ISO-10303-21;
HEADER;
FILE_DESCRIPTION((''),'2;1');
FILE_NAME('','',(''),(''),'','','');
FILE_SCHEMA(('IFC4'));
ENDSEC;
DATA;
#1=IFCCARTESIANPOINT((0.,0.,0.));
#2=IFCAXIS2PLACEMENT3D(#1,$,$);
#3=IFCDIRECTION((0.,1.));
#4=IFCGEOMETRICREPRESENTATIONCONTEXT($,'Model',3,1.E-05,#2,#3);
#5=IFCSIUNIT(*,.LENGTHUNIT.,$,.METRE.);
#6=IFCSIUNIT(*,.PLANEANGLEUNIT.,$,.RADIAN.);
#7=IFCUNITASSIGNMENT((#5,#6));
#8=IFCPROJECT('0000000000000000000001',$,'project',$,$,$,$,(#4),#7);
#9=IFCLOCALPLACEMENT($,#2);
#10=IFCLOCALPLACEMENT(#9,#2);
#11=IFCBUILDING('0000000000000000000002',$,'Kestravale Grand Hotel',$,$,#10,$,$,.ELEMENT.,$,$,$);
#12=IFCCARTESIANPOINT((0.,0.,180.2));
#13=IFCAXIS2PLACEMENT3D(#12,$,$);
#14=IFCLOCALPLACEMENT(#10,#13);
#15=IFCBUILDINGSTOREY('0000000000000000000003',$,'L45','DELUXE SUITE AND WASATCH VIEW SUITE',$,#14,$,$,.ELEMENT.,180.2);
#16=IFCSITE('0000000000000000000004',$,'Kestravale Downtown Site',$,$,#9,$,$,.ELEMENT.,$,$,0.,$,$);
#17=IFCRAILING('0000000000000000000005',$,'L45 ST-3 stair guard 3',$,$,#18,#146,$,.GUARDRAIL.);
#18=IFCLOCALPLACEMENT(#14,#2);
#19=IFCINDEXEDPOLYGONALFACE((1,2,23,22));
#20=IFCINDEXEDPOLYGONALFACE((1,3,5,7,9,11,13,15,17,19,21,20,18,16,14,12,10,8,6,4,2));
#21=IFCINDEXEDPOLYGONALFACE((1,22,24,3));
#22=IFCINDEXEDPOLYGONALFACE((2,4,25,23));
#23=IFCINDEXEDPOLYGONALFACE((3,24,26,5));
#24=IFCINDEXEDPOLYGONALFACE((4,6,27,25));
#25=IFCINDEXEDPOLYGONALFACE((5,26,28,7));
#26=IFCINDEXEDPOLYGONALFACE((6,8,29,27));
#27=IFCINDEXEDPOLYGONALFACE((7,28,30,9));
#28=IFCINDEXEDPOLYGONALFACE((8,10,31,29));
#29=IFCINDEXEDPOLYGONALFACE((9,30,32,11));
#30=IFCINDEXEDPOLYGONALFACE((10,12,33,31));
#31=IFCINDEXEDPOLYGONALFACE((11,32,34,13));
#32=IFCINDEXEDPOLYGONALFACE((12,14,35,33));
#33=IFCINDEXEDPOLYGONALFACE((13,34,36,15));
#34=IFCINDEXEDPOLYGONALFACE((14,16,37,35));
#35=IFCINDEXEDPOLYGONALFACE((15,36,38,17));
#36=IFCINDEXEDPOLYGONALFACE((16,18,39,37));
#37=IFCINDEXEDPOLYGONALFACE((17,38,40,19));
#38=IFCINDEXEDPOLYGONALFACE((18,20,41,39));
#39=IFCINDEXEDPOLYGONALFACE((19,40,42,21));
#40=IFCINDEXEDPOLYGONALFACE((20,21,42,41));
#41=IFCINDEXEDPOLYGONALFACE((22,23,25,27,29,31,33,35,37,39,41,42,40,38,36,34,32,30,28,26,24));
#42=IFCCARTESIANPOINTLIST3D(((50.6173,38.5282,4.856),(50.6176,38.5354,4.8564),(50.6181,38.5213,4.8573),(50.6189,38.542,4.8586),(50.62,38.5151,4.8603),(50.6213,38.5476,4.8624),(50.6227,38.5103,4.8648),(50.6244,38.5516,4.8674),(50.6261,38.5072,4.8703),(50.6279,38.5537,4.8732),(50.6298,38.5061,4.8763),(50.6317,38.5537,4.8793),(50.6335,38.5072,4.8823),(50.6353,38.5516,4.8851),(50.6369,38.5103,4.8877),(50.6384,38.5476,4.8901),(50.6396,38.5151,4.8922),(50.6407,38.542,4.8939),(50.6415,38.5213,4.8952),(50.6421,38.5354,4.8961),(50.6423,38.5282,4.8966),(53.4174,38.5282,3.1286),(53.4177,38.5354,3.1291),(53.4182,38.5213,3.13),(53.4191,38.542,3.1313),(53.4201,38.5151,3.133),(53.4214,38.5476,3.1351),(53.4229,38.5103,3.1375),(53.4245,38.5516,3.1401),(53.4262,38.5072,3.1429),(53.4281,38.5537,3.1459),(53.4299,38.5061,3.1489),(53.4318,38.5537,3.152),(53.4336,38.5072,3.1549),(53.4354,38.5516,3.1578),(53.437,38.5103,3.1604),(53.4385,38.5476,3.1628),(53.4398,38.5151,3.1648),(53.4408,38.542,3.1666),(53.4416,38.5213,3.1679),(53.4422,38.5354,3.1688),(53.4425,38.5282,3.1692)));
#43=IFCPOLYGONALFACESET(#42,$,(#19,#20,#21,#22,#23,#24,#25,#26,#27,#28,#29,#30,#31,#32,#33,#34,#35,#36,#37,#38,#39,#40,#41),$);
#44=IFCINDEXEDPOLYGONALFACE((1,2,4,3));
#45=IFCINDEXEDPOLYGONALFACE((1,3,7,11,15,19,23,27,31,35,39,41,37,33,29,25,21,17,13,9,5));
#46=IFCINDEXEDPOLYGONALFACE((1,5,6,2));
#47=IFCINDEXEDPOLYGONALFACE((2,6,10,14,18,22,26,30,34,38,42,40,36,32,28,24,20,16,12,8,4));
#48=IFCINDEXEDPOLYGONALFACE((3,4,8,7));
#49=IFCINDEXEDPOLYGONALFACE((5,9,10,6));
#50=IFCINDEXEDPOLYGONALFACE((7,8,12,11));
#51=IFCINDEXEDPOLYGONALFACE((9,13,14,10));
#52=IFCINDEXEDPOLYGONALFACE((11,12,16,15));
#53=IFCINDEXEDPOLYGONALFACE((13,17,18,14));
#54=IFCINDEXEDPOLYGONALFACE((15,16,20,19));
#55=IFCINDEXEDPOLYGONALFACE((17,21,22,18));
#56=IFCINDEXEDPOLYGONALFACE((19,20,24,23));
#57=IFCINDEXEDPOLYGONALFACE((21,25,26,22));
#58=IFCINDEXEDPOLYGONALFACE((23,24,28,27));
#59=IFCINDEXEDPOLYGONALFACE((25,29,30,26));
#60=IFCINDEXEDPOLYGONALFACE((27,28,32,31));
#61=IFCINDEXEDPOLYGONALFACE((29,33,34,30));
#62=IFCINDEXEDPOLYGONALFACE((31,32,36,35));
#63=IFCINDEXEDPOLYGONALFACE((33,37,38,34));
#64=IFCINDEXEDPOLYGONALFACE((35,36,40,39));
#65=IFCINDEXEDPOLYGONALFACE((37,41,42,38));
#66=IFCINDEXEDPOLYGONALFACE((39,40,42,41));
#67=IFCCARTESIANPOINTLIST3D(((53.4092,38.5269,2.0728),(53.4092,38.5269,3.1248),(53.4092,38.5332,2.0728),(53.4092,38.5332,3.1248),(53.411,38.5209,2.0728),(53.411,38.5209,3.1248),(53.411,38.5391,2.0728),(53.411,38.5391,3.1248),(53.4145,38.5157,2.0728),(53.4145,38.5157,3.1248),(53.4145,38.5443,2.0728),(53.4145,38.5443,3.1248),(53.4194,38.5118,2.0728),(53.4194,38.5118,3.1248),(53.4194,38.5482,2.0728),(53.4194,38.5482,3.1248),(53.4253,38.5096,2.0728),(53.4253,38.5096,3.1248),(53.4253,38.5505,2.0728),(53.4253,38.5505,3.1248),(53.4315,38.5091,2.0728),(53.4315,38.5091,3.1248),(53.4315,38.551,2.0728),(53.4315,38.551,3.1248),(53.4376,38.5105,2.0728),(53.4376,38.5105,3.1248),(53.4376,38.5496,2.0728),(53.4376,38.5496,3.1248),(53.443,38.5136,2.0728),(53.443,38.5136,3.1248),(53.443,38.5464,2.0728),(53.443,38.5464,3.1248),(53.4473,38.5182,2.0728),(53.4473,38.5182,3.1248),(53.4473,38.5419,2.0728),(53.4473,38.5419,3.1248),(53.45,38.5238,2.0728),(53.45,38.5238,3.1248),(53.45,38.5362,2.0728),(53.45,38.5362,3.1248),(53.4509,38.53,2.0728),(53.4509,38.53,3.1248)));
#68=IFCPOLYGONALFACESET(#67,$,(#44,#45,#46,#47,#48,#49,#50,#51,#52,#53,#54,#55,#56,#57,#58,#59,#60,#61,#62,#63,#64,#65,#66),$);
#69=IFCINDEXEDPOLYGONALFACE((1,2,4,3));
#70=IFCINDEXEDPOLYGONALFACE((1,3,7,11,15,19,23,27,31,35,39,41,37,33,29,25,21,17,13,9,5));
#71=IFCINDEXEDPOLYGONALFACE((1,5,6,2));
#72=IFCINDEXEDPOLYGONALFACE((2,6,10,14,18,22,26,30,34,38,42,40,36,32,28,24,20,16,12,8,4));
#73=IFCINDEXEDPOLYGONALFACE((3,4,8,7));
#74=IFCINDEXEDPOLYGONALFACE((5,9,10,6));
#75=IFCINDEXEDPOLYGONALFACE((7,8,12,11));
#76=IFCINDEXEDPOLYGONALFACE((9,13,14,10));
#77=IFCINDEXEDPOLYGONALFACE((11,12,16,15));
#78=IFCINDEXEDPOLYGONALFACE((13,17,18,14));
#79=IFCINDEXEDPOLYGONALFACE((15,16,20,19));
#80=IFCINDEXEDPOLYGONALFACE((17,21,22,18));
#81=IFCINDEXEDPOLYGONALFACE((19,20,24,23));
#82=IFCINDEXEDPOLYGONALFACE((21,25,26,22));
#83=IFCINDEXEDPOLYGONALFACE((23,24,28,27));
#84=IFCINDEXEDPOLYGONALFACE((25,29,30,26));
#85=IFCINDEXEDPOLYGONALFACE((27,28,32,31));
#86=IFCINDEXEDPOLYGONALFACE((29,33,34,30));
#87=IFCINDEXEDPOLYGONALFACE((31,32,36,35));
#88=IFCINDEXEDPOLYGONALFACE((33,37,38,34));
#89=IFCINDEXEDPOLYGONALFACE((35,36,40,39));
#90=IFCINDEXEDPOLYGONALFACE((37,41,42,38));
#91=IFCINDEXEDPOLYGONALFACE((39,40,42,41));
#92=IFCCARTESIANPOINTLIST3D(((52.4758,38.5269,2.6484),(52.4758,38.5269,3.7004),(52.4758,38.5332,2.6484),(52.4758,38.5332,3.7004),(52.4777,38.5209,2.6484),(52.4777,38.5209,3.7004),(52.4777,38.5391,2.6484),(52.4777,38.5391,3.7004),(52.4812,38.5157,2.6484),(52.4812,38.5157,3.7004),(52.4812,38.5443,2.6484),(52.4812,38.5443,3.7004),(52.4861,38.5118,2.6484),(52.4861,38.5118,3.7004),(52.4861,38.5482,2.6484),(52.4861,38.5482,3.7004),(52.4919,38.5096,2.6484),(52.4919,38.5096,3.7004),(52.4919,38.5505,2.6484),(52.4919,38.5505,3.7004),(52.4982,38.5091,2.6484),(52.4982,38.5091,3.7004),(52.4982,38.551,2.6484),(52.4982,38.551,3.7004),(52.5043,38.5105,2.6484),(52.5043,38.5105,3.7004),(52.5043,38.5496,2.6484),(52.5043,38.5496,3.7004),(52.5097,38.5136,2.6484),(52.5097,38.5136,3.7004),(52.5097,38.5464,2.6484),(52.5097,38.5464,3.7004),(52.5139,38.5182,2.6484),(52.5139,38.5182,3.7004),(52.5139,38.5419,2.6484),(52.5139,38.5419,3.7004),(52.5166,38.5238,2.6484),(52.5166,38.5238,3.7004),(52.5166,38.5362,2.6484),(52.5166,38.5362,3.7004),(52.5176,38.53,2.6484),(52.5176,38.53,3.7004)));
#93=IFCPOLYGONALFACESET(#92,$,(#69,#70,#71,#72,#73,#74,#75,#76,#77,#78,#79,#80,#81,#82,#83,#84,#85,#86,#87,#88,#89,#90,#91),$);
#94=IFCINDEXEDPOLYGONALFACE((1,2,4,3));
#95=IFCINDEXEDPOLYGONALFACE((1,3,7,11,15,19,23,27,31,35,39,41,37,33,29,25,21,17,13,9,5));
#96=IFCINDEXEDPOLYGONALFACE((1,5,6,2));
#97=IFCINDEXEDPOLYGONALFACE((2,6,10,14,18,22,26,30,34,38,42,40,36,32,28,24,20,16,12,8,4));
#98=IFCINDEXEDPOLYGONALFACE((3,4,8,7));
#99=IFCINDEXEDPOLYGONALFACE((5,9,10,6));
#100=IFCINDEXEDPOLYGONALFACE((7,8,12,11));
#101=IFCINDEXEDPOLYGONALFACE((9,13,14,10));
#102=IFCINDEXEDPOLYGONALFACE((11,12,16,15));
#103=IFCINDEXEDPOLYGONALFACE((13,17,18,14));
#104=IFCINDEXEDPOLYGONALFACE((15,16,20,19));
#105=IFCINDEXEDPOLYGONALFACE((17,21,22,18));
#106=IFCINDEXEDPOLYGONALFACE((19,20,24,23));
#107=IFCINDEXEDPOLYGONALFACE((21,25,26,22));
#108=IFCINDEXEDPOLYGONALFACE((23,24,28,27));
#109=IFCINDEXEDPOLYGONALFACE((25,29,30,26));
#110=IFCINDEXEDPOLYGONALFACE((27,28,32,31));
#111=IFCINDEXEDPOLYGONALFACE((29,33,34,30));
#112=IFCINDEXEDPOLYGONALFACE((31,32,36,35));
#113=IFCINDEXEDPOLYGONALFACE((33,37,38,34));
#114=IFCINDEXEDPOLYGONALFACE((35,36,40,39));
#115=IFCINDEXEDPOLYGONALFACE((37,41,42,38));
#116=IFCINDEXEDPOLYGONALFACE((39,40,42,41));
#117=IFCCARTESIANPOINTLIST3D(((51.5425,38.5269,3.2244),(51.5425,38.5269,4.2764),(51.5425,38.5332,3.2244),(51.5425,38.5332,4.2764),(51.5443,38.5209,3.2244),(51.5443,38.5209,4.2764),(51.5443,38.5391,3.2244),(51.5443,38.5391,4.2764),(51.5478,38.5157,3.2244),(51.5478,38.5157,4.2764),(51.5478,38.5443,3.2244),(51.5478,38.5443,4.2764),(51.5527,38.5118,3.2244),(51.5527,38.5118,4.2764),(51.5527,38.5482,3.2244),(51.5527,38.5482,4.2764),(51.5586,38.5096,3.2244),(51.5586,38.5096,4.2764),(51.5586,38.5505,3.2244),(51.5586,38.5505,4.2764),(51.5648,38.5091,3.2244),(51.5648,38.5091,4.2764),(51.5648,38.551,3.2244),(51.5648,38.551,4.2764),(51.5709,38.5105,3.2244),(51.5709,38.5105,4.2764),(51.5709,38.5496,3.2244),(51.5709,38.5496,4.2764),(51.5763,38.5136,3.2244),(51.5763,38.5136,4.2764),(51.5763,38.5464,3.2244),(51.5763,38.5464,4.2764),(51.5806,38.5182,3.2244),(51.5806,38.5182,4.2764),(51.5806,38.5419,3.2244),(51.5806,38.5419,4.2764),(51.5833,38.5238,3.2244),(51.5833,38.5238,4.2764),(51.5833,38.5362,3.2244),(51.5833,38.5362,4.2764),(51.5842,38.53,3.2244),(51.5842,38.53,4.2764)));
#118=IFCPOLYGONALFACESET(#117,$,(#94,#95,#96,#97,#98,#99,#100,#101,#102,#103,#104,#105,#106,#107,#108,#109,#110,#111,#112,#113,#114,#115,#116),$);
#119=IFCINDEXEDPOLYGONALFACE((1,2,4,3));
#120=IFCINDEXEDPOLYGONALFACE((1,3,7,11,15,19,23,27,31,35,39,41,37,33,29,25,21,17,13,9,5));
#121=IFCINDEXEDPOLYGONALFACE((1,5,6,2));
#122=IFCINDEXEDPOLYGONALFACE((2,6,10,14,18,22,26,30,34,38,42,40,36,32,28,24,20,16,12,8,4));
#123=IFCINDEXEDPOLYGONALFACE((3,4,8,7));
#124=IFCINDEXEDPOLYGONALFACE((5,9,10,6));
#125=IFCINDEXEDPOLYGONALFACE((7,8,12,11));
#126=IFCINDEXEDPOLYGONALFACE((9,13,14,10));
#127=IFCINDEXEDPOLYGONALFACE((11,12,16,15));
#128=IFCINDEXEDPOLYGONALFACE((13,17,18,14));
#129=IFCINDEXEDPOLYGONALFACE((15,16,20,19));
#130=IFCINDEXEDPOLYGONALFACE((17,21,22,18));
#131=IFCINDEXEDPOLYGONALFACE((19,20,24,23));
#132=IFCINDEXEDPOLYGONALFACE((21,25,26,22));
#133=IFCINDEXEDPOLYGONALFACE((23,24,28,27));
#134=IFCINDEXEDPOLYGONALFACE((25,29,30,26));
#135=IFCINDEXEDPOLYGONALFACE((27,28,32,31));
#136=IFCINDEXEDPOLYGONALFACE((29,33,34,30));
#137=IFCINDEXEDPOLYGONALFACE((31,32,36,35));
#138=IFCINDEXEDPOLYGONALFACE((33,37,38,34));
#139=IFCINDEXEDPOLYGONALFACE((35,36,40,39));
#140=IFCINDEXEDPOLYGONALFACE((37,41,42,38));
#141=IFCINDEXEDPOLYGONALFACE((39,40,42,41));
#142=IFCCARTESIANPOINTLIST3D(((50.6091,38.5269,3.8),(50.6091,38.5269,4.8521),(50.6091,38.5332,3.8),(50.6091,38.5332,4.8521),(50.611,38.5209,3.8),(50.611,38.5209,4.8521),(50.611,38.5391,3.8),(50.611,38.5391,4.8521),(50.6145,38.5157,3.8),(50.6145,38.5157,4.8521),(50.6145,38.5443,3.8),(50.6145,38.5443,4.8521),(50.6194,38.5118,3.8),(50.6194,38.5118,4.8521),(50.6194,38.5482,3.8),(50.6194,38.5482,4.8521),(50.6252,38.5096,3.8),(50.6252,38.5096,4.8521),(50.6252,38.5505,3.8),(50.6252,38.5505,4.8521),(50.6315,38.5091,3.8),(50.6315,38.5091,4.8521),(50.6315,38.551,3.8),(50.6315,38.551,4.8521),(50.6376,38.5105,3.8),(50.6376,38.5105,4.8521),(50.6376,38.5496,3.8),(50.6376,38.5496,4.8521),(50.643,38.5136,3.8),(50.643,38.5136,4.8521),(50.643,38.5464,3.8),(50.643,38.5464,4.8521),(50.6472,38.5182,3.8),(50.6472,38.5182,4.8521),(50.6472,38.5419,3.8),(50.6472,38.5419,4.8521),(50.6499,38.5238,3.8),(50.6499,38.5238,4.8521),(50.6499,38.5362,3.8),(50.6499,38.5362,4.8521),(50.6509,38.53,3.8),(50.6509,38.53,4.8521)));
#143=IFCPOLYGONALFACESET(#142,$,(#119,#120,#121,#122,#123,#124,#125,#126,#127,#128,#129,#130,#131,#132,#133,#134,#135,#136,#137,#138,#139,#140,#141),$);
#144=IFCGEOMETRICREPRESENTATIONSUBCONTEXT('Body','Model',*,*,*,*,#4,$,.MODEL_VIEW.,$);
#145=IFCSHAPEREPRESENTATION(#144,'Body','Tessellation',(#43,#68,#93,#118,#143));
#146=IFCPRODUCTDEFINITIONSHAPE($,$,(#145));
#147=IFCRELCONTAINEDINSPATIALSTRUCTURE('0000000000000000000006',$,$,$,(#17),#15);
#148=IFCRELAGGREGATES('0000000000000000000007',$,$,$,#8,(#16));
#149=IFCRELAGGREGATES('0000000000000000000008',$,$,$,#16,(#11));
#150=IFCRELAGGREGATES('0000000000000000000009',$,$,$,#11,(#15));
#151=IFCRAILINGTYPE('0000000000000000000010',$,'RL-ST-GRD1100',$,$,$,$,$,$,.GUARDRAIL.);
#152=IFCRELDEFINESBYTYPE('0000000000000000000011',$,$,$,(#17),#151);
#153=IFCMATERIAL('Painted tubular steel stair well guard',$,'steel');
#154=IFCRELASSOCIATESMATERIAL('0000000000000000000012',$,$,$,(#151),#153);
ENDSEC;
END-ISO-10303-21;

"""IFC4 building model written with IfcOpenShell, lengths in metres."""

from ifc_helpers import new_model, si_unit, direction, frame, origin, origin_2d, place, context, subcontext, project, spatial, circle, extrude, material, type_object, element, save


model = new_model("IFC4")

# Units and contexts
model_context = context("Model", 3, precision=1e-05, world=origin(), true_north=direction((0.0, 1.0)))
body_context = subcontext(model_context, "Body", "Model", "MODEL_VIEW")
ifc_project = project(units=[si_unit("LENGTHUNIT", "METRE"), si_unit("PLANEANGLEUNIT", "RADIAN")], contexts=[model_context])

# Site, building, storey
site_placement = place(None, origin())
site = spatial("IfcSite", under=ifc_project, at=site_placement, Name="Kestravale Downtown Site", CompositionType="ELEMENT", RefElevation=0.0)
building_placement = place(site_placement, origin())
building = spatial("IfcBuilding", under=site, at=building_placement, Name="Kestravale Grand Hotel", CompositionType="ELEMENT")
storey_placement = place(building_placement, frame((0.0, 0.0, 180.2)))
storey = spatial("IfcBuildingStorey", under=building, at=storey_placement, Name="L45", Description="DELUXE SUITE AND WASATCH VIEW SUITE", CompositionType="ELEMENT", Elevation=180.2)

# Railing
ifc_material_1 = material(Name="Painted tubular steel stair well guard", Category="steel")
railing_type_1 = type_object("IfcRailingType", Name="RL-ST-GRD1100", PredefinedType="GUARDRAIL", material=ifc_material_1)
railing_1_placement = place(storey_placement, frame((53.4299, 38.53, 2.0728)))
element("IfcRailing", 1, at=railing_1_placement, inside=storey, type_object=railing_type_1, Name="L45 ST-3 stair guard 3", PredefinedType="GUARDRAIL", context=body_context, shape_type="SweptSolid", body=[
    extrude(circle(Radius=0.0239, at=origin_2d()), frame((0.0, 0.0, 1.0762), z_axis=(-0.85109, 0.0, 0.52502), x_axis=(0.0, -1.0, 0.0)), (0.0, 0.0, 1.0), 3.29),
    extrude(circle(Radius=0.021, at=origin_2d()), origin(), (0.0, 0.0, 1.0), 1.052),
    extrude(circle(Radius=0.021, at=origin_2d()), frame((-0.9333, 0.0, 0.5757)), (0.0, 0.0, 1.0), 1.052),
    extrude(circle(Radius=0.021, at=origin_2d()), frame((-1.8667, 0.0, 1.1516)), (0.0, 0.0, 1.0), 1.052),
    extrude(circle(Radius=0.021, at=origin_2d()), frame((-2.8, 0.0, 1.7273)), (0.0, 0.0, 1.0), 1.052),
])

save(model, "model.ifc")
